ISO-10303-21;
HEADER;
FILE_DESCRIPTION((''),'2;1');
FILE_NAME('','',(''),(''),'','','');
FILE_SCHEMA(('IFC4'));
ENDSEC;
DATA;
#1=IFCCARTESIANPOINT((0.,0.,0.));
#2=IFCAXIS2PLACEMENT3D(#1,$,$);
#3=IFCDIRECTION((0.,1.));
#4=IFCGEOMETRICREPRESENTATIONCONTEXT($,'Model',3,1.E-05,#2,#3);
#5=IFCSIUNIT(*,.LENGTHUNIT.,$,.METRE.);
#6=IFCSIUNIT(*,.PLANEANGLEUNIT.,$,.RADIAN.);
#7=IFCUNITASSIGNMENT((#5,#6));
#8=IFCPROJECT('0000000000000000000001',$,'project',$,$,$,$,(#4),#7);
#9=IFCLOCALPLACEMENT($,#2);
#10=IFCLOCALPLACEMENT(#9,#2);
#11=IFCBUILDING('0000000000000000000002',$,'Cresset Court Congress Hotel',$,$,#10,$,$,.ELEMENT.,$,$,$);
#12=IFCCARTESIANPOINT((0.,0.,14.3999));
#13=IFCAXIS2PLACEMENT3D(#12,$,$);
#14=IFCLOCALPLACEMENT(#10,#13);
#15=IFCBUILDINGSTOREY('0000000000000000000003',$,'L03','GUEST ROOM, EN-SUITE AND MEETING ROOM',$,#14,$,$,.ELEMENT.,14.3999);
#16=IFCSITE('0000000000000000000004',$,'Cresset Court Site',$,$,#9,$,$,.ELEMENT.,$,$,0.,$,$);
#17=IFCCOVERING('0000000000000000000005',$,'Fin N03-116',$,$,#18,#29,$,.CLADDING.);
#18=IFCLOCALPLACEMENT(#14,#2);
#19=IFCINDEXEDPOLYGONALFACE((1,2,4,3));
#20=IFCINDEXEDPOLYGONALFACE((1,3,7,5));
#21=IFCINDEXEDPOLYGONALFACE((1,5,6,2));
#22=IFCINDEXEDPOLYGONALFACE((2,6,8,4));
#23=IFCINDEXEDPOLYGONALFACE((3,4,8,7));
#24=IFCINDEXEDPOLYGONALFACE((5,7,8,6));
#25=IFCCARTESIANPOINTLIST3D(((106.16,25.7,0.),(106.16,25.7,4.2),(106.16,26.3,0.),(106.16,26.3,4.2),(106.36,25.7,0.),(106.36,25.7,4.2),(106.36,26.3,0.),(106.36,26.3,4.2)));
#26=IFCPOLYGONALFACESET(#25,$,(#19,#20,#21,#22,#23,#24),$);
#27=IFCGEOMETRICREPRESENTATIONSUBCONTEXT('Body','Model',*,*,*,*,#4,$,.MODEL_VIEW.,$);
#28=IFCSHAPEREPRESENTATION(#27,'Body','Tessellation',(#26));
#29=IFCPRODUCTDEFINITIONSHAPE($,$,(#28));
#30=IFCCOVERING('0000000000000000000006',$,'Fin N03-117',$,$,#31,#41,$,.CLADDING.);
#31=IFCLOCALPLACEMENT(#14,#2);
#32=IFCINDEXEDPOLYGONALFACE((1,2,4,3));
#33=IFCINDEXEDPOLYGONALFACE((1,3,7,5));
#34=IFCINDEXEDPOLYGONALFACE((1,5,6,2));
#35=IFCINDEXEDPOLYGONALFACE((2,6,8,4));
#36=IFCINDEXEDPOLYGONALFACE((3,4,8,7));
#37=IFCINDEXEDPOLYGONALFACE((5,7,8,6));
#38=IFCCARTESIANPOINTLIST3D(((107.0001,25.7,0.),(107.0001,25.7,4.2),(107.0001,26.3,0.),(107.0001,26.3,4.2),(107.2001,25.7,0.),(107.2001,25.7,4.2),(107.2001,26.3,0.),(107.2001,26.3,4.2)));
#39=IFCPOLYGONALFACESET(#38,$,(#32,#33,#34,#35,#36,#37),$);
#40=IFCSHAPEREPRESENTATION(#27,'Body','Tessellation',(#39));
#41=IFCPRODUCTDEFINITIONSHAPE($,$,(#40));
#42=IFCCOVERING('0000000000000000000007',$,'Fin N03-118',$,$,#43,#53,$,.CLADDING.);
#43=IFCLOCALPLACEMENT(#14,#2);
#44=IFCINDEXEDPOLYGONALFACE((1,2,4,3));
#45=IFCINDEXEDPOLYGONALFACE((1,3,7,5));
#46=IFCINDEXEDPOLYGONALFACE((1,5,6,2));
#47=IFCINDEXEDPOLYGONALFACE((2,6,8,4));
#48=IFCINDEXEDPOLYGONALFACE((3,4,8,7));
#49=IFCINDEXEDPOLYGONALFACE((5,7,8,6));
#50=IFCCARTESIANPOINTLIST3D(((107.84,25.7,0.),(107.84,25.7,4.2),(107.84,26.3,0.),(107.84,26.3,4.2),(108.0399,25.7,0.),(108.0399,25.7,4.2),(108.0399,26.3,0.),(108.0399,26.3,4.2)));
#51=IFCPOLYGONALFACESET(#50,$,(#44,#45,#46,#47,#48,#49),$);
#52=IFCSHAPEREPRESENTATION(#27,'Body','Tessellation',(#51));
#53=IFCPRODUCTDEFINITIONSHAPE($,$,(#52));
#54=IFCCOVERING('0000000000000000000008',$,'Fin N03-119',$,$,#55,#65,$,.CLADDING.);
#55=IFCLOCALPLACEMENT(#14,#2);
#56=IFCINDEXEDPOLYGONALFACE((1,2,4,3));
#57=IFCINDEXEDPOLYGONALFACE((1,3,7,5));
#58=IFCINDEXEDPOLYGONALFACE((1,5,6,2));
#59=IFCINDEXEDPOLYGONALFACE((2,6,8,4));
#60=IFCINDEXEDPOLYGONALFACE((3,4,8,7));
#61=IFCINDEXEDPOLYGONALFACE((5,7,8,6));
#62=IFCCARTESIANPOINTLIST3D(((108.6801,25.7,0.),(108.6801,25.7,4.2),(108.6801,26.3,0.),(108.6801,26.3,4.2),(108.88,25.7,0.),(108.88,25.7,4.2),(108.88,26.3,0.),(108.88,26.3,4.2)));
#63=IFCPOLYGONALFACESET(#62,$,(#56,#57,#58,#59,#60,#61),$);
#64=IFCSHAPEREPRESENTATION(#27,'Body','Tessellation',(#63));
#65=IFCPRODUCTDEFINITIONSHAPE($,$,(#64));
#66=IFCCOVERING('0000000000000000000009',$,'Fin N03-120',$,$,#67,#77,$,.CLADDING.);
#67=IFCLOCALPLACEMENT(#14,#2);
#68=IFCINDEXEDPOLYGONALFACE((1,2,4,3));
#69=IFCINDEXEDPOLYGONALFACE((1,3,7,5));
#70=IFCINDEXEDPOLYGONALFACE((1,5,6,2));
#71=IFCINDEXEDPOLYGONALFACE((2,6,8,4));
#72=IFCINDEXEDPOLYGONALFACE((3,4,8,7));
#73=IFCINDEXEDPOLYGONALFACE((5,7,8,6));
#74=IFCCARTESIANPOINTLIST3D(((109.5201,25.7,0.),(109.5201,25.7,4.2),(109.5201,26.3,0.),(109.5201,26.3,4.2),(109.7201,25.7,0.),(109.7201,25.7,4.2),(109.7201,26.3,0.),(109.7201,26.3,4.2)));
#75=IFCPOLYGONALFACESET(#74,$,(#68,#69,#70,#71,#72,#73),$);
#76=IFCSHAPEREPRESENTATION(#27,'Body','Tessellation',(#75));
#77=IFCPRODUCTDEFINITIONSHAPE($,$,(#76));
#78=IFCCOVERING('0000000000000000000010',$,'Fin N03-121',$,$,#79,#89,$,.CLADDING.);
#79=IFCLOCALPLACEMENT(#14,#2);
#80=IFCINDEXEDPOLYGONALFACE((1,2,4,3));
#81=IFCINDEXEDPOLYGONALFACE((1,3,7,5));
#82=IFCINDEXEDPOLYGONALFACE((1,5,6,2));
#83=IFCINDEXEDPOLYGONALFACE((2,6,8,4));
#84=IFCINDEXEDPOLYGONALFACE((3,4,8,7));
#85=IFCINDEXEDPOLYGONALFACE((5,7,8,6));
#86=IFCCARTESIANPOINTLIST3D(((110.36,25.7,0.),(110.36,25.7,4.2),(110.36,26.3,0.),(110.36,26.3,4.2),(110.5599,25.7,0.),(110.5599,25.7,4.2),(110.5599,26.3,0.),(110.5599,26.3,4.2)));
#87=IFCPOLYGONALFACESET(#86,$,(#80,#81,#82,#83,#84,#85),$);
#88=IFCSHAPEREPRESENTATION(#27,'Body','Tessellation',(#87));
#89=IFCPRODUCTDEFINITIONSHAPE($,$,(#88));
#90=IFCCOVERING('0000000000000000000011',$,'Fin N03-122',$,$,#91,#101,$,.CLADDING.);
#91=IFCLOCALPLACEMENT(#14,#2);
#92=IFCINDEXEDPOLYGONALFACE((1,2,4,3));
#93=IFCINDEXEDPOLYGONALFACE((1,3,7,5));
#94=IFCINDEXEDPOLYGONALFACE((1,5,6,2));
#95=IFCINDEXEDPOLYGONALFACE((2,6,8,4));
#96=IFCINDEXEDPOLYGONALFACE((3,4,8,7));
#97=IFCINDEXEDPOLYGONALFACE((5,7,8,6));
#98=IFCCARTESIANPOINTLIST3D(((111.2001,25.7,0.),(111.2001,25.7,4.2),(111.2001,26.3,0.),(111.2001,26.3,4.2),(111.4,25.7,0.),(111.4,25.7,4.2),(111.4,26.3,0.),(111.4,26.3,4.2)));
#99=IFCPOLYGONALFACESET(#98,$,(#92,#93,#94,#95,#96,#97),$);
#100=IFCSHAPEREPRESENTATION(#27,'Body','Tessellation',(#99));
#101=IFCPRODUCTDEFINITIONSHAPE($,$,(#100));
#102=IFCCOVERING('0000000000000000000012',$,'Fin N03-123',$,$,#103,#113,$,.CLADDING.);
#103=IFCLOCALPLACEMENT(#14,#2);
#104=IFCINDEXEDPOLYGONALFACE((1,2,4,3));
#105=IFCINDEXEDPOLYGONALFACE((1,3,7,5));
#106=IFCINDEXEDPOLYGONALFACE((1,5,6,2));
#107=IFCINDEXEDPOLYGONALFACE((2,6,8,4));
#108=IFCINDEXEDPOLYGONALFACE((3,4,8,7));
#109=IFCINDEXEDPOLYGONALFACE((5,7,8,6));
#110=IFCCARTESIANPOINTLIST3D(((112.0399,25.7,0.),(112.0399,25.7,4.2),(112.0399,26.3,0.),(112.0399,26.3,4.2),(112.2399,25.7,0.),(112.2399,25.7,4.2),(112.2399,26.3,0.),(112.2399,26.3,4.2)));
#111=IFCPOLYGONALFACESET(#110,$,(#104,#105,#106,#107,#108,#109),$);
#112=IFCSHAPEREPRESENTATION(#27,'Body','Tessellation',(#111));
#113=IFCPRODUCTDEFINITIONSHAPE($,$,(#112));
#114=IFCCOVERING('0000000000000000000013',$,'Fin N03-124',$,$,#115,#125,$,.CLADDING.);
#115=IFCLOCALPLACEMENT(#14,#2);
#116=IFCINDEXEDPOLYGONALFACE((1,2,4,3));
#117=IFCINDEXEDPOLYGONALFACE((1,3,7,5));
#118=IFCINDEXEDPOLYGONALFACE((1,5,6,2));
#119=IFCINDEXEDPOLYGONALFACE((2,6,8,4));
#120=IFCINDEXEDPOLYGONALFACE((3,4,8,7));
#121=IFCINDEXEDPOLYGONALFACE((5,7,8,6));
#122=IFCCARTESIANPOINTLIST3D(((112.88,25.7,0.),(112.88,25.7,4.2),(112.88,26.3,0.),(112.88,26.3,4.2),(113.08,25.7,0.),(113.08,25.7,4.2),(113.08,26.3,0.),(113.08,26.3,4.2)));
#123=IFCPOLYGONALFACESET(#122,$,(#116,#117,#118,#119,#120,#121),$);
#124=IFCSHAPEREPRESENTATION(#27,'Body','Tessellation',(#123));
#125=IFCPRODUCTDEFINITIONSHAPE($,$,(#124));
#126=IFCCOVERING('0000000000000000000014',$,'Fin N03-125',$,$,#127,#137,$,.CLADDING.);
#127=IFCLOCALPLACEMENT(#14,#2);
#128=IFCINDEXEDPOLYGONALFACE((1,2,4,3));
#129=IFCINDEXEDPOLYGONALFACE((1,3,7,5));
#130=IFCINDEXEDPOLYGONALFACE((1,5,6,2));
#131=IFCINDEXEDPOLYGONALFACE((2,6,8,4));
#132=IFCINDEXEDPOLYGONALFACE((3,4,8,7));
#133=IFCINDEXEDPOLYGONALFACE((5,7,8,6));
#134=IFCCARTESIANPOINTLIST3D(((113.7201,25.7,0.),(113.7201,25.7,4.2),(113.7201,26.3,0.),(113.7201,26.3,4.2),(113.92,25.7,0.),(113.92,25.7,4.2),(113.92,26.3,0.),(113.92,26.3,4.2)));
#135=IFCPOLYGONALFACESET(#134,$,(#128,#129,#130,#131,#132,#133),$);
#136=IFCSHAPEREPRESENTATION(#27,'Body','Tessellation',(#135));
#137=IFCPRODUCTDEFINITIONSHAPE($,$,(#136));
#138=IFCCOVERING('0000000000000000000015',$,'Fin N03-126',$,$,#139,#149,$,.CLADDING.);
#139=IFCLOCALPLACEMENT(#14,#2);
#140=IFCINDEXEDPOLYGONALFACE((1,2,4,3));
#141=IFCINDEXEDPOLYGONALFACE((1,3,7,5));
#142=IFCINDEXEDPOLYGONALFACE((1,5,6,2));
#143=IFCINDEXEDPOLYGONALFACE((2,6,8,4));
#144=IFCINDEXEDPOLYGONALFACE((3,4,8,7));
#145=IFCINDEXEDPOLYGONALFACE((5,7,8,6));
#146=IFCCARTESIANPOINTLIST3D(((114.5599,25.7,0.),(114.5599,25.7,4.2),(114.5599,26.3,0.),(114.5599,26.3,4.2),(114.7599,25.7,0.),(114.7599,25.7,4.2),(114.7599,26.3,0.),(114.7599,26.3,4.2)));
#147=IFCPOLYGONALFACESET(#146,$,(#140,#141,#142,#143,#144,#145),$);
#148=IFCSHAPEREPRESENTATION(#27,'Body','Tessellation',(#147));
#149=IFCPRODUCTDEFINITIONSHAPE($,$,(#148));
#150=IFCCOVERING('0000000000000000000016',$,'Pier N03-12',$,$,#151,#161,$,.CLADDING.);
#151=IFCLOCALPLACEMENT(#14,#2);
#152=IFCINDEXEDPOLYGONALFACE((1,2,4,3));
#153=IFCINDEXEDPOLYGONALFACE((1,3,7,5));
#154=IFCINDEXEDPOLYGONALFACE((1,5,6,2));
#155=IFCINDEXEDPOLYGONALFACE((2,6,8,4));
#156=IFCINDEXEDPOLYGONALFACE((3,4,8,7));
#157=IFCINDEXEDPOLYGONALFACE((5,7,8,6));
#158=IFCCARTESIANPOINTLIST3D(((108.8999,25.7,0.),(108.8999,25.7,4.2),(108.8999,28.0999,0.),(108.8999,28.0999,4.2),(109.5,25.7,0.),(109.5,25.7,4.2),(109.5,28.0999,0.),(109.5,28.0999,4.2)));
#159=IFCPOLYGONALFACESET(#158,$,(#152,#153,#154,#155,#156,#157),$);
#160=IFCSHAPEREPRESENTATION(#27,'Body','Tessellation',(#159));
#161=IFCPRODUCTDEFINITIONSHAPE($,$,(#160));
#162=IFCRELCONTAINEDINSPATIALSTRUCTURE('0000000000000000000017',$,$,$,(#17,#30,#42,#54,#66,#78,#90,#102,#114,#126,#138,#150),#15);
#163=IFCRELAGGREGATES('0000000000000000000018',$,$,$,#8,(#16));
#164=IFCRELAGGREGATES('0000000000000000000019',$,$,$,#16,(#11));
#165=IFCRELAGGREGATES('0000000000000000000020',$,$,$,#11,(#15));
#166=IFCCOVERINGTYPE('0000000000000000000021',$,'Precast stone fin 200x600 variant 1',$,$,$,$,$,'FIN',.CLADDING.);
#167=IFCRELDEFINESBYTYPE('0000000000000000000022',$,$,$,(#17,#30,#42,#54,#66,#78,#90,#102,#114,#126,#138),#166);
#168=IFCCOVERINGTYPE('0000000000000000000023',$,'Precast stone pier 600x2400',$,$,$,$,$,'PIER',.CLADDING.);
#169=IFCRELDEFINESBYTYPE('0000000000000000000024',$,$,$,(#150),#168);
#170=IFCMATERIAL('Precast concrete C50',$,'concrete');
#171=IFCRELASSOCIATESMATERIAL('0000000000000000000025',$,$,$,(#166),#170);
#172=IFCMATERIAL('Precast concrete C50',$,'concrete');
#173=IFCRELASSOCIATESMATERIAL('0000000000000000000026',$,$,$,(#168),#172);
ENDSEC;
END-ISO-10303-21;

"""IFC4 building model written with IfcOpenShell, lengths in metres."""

from ifc_helpers import new_model, si_unit, direction, frame, origin, origin_2d, place, context, subcontext, project, spatial, rectangle, extrude, material, type_object, element, save


model = new_model("IFC4")

# Units and contexts
model_context = context("Model", 3, precision=1e-05, world=origin(), true_north=direction((0.0, 1.0)))
body_context = subcontext(model_context, "Body", "Model", "MODEL_VIEW")
ifc_project = project(units=[si_unit("LENGTHUNIT", "METRE"), si_unit("PLANEANGLEUNIT", "RADIAN")], contexts=[model_context])

# Site, building, storey
site_placement = place(None, origin())
site = spatial("IfcSite", under=ifc_project, at=site_placement, Name="Cresset Court Site", CompositionType="ELEMENT", RefElevation=0.0)
building_placement = place(site_placement, origin())
building = spatial("IfcBuilding", under=site, at=building_placement, Name="Cresset Court Congress Hotel", CompositionType="ELEMENT")
storey_placement = place(building_placement, frame((0.0, 0.0, 14.3999)))
storey = spatial("IfcBuildingStorey", under=building, at=storey_placement, Name="L03", Description="GUEST ROOM, EN-SUITE AND MEETING ROOM", CompositionType="ELEMENT", Elevation=14.3999)

# Coverings
ifc_material_1 = material(Name="Precast concrete C50", Category="concrete")
covering_type_1 = type_object("IfcCoveringType", Name="Precast stone fin 200x600 variant 1", ElementType="FIN", PredefinedType="CLADDING", material=ifc_material_1)
for number, where, z_axis, x_axis, name in (
    (1, (106.26, 26.0, 0.0), (0.0, 0.0, 1.0), (1.0, 0.0, 0.0), "Fin N03-116"),
    (2, (107.1001, 26.0, 0.0), (0.0, 0.0, 1.0), (1.0, 0.0, 0.0), "Fin N03-117"),
    (3, (107.9399, 26.0, 0.0), (0.0, 0.0, 1.0), (1.0, 0.0, 0.0), "Fin N03-118"),
    (4, (108.78, 26.0, 0.0), (0.0, 0.0, 1.0), (1.0, 0.0, 0.0), "Fin N03-119"),
    (5, (109.6201, 26.0, 0.0), (0.0, 0.0, 1.0), (1.0, 0.0, 0.0), "Fin N03-120"),
    (6, (110.46, 26.0, 0.0), (0.0, 0.0, 1.0), (1.0, 0.0, 0.0), "Fin N03-121"),
    (7, (111.3, 26.0, 0.0), (0.0, 0.0, 1.0), (1.0, 0.0, 0.0), "Fin N03-122"),
    (8, (112.1399, 26.0, 0.0), (0.0, 0.0, 1.0), (1.0, 0.0, 0.0), "Fin N03-123"),
    (9, (112.98, 26.0, 0.0), (0.0, 0.0, 1.0), (1.0, 0.0, 0.0), "Fin N03-124"),
    (10, (113.8201, 26.0, 0.0), (0.0, 0.0, 1.0), (1.0, 0.0, 0.0), "Fin N03-125"),
    (11, (114.6599, 26.0, 0.0), (0.0, 0.0, 1.0), (1.0, 0.0, 0.0), "Fin N03-126"),
):
    element("IfcCovering", number, at=place(storey_placement, frame(where, z_axis=z_axis, x_axis=x_axis)), inside=storey, type_object=covering_type_1, Name=name, PredefinedType="CLADDING", context=body_context, shape_type="SweptSolid", body=[
        extrude(rectangle(XDim=0.2, YDim=0.6001, at=origin_2d()), origin(), (0.0, 0.0, 1.0), 4.2),
    ])
ifc_material_2 = material(Name="Precast concrete C50", Category="concrete")
covering_type_2 = type_object("IfcCoveringType", Name="Precast stone pier 600x2400", ElementType="PIER", PredefinedType="CLADDING", material=ifc_material_2)
covering_placement = place(storey_placement, frame((109.2, 26.8999, 0.0), z_axis=(0.0, 0.0, 1.0), x_axis=(1.0, 0.0, 0.0)))
element("IfcCovering", 12, at=covering_placement, inside=storey, type_object=covering_type_2, Name="Pier N03-12", PredefinedType="CLADDING", context=body_context, shape_type="SweptSolid", body=[
    extrude(rectangle(XDim=0.6001, YDim=2.3999, at=origin_2d()), origin(), (0.0, 0.0, 1.0), 4.2),
])

save(model, "model.ifc")
